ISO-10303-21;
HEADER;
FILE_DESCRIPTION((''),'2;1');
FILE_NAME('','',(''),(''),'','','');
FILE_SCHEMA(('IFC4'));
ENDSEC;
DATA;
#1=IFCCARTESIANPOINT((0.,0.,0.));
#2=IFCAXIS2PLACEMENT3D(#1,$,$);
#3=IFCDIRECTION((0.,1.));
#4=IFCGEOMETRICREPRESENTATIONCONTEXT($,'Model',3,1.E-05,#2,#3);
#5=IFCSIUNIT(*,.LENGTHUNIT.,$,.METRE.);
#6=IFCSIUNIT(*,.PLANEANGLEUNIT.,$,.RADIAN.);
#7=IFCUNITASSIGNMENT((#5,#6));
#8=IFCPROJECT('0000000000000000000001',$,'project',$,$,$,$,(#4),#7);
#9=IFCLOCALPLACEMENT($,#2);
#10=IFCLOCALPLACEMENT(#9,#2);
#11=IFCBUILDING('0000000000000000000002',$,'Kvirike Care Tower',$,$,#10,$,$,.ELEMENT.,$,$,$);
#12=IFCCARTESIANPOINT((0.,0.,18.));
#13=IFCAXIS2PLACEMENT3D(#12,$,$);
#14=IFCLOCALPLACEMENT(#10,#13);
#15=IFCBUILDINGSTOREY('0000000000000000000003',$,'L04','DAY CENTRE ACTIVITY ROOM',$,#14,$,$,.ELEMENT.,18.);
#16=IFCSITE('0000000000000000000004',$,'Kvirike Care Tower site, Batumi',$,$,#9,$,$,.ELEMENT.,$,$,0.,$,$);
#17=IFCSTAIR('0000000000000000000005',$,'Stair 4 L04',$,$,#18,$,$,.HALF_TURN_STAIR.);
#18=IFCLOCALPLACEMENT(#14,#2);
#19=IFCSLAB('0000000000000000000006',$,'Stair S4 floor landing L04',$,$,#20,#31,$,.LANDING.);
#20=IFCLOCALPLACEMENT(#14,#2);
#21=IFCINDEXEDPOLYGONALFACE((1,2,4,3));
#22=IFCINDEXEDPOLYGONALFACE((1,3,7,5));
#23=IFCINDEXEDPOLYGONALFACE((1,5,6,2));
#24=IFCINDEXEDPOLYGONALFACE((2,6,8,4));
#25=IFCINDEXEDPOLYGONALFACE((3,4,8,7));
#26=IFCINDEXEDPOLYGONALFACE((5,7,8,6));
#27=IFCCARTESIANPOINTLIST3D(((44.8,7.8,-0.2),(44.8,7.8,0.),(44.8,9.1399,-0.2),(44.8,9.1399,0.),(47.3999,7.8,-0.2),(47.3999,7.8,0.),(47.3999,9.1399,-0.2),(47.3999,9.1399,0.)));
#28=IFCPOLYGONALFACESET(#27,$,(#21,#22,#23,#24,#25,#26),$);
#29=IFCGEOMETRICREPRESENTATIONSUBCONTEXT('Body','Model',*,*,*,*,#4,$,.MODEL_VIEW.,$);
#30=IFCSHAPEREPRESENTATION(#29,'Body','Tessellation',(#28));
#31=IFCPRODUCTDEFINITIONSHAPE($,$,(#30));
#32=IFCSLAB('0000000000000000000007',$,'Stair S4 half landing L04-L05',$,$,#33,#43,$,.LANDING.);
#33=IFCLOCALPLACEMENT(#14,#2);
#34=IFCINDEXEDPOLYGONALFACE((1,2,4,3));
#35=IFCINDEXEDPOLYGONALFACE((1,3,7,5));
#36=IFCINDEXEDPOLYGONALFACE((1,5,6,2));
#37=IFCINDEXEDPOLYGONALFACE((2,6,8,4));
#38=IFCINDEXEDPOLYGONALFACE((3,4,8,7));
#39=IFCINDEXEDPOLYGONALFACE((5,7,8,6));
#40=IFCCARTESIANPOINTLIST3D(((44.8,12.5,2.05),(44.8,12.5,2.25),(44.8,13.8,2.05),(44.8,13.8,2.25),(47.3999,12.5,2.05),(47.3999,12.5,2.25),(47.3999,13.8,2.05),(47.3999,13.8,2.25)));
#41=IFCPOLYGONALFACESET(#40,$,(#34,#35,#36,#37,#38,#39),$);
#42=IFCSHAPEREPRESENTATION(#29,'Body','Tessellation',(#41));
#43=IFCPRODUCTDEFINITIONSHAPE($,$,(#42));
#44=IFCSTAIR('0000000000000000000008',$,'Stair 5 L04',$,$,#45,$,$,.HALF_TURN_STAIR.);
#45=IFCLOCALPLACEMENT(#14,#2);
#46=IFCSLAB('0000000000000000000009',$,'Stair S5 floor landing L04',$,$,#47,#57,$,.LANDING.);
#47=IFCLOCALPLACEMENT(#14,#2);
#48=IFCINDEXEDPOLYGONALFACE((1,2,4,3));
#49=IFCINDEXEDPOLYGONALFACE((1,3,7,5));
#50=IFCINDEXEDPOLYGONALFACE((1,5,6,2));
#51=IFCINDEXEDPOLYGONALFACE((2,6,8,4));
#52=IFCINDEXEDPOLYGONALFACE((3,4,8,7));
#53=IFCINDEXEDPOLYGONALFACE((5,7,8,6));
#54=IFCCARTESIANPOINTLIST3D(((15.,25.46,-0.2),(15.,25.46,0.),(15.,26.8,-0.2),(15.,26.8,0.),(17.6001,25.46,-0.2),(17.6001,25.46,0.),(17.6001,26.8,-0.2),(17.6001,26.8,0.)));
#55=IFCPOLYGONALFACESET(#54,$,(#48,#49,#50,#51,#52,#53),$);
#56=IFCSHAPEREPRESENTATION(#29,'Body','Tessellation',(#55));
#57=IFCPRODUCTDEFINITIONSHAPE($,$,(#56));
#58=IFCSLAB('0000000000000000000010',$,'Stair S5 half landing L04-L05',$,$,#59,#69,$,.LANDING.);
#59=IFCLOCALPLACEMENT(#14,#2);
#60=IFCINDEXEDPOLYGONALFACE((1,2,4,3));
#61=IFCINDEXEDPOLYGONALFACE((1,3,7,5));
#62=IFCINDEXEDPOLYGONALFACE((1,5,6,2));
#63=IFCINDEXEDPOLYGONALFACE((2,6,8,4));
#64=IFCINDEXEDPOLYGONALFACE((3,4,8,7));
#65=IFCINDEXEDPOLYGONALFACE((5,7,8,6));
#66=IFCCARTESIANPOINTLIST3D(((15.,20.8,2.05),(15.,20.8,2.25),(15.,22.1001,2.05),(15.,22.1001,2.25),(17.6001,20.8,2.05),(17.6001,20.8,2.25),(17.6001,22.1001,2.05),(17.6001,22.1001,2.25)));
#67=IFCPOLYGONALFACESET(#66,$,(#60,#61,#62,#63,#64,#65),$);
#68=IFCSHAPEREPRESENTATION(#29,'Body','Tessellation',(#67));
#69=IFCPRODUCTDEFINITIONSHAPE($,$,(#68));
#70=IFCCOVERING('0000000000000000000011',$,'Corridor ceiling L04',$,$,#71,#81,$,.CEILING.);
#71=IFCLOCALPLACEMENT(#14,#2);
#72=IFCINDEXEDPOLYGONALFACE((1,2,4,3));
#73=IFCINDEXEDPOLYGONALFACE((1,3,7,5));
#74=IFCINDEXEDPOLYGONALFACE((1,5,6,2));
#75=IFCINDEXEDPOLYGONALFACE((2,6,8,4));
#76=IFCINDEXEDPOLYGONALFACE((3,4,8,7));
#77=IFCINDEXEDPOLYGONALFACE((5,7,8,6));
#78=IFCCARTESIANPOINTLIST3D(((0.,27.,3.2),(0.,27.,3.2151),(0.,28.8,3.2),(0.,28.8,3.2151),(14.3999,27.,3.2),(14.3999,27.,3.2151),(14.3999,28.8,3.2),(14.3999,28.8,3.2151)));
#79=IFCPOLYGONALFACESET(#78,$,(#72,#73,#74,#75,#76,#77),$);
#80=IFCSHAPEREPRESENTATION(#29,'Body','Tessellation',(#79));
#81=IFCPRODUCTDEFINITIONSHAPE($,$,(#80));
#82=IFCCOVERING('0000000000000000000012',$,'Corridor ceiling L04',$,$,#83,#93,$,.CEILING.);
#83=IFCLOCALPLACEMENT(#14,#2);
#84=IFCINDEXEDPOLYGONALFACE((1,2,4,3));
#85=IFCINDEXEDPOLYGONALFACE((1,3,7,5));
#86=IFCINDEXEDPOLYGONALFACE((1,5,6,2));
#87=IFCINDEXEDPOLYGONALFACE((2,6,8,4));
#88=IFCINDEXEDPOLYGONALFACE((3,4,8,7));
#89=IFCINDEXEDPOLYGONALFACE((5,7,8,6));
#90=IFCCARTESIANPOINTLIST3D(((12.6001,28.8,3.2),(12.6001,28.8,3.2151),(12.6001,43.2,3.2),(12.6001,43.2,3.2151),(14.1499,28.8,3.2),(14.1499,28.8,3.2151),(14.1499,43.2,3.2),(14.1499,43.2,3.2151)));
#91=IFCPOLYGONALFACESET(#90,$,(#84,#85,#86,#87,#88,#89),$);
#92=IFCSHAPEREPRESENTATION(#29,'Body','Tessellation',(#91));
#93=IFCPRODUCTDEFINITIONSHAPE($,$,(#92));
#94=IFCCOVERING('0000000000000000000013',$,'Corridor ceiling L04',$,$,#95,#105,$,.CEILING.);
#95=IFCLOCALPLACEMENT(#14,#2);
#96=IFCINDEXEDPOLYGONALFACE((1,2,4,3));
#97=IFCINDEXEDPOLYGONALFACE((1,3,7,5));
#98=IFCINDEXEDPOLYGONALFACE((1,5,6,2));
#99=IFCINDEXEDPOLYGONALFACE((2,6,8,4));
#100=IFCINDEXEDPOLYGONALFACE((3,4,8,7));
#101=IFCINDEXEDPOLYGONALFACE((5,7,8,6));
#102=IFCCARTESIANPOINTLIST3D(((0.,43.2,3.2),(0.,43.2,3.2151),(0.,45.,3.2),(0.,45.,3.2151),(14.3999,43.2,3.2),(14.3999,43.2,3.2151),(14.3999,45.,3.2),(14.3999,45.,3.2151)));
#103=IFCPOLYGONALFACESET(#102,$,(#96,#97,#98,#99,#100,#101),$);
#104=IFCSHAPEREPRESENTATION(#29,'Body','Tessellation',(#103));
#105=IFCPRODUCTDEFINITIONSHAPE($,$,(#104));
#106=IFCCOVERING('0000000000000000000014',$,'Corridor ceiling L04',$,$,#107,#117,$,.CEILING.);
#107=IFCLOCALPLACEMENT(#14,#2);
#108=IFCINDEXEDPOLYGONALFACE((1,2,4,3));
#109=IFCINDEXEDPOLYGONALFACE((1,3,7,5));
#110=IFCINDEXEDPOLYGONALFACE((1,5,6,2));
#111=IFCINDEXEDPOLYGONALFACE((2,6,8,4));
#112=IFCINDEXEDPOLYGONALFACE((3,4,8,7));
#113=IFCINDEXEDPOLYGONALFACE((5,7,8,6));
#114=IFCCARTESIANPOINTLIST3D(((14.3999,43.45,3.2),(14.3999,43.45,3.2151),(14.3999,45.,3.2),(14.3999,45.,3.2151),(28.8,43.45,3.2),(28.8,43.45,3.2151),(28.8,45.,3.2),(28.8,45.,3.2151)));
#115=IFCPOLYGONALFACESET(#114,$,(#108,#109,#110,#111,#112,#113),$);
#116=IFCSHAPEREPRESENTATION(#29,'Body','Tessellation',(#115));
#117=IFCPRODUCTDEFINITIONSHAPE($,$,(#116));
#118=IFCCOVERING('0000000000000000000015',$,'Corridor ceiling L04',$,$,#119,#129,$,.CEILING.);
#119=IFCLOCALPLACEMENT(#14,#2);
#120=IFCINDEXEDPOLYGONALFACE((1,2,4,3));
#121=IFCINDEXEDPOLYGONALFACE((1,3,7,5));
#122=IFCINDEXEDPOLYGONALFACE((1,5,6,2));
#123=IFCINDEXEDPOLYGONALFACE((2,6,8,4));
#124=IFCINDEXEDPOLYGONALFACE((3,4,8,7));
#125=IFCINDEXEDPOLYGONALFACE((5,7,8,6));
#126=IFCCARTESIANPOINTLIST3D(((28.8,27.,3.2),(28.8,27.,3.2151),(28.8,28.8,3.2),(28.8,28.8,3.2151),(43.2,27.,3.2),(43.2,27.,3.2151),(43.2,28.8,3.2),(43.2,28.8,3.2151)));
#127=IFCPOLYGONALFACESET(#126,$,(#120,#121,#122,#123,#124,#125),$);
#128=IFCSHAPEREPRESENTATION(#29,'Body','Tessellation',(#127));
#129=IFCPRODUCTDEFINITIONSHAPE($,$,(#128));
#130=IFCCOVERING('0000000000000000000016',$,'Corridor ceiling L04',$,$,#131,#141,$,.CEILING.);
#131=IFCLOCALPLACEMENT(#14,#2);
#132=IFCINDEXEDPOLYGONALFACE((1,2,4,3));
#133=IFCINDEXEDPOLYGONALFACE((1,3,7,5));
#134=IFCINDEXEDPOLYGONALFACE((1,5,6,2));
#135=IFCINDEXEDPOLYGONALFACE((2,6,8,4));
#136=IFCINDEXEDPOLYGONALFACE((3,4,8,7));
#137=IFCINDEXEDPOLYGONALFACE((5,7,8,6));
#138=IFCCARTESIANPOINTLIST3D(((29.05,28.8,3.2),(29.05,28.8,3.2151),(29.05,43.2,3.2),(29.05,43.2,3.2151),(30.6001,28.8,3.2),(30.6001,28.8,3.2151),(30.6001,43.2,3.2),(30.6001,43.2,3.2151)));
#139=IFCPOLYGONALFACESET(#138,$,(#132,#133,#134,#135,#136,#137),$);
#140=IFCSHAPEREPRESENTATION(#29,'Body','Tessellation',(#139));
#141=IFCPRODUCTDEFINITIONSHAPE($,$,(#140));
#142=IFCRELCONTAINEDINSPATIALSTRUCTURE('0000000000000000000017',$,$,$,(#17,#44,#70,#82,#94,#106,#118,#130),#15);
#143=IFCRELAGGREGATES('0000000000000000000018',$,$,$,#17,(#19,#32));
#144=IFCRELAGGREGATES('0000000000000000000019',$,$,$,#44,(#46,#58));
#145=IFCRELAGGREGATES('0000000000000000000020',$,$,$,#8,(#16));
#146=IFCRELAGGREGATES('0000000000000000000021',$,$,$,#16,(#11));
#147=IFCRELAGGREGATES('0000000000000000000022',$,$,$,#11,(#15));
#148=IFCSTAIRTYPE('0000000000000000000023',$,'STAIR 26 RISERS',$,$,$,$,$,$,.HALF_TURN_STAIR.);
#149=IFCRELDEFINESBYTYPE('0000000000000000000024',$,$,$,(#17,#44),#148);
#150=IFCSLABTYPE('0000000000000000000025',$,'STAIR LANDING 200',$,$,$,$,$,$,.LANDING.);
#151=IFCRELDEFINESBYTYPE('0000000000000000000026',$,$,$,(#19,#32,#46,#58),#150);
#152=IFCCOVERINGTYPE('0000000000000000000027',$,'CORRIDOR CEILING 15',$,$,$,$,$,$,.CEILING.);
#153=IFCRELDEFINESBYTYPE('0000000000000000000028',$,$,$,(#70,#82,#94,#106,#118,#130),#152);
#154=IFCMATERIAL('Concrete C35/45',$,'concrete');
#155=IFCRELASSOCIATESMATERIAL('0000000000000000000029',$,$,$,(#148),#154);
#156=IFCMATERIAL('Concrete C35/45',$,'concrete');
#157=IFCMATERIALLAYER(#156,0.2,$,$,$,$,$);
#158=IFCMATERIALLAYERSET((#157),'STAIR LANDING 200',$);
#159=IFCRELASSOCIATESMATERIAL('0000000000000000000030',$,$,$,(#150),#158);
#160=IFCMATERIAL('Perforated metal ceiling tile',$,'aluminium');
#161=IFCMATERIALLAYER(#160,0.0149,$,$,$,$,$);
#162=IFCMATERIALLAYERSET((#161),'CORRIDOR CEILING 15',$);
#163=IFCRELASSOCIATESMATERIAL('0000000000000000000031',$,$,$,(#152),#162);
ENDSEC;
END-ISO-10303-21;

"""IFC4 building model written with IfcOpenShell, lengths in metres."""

from ifc_helpers import new_model, si_unit, direction, frame, origin, place, context, subcontext, project, spatial, polyline, outline, extrude, material, layer, layer_set, type_object, element, aggregate, save


model = new_model("IFC4")

# Units and contexts
model_context = context("Model", 3, precision=1e-05, world=origin(), true_north=direction((0.0, 1.0)))
body_context = subcontext(model_context, "Body", "Model", "MODEL_VIEW")
ifc_project = project(units=[si_unit("LENGTHUNIT", "METRE"), si_unit("PLANEANGLEUNIT", "RADIAN")], contexts=[model_context])

# Site, building, storey
site_placement = place(None, origin())
site = spatial("IfcSite", under=ifc_project, at=site_placement, Name="Kvirike Care Tower site, Batumi", CompositionType="ELEMENT", RefElevation=0.0)
building_placement = place(site_placement, origin())
building = spatial("IfcBuilding", under=site, at=building_placement, Name="Kvirike Care Tower", CompositionType="ELEMENT")
storey_placement = place(building_placement, frame((0.0, 0.0, 18.0)))
storey = spatial("IfcBuildingStorey", under=building, at=storey_placement, Name="L04", Description="DAY CENTRE ACTIVITY ROOM", CompositionType="ELEMENT", Elevation=18.0)

# Stairs, slabs
ifc_material_1 = material(Name="Concrete C35/45", Category="concrete")
stair_type = type_object("IfcStairType", Name="STAIR 26 RISERS", PredefinedType="HALF_TURN_STAIR", material=ifc_material_1)
ifc_material_2 = material(Name="Concrete C35/45", Category="concrete")
ifc_layer_1 = layer(ifc_material_2, 0.2)
ifc_layer_set_1 = layer_set([ifc_layer_1], Name="STAIR LANDING 200")
slab_type_1 = type_object("IfcSlabType", Name="STAIR LANDING 200", PredefinedType="LANDING", material=ifc_layer_set_1)
stair_1_placement = place(storey_placement, origin())
stair_1 = element("IfcStair", 1, at=stair_1_placement, inside=storey, type_object=stair_type, Name="Stair 4 L04", PredefinedType="HALF_TURN_STAIR")
slab_1_placement = place(storey_placement, frame((0.0, 0.0, -0.2)))
slab_1 = element("IfcSlab", 2, at=slab_1_placement, type_object=slab_type_1, Name="Stair S4 floor landing L04", PredefinedType="LANDING", context=body_context, shape_type="SweptSolid", body=[
    extrude(outline(polyline([(44.8, 7.8), (47.3999, 7.8), (47.3999, 9.1399), (44.8, 9.1399), (44.8, 7.8)])), origin(), (0.0, 0.0, 1.0), 0.2),
])
slab_2_placement = place(storey_placement, frame((0.0, 0.0, 2.05)))
slab_2 = element("IfcSlab", 3, at=slab_2_placement, type_object=slab_type_1, Name="Stair S4 half landing L04-L05", PredefinedType="LANDING", context=body_context, shape_type="SweptSolid", body=[
    extrude(outline(polyline([(44.8, 12.5), (47.3999, 12.5), (47.3999, 13.8), (44.8, 13.8), (44.8, 12.5)])), origin(), (0.0, 0.0, 1.0), 0.2),
])
aggregate(stair_1, [slab_1, slab_2])
stair_2_placement = place(storey_placement, origin())
stair_2 = element("IfcStair", 4, at=stair_2_placement, inside=storey, type_object=stair_type, Name="Stair 5 L04", PredefinedType="HALF_TURN_STAIR")
slab_3_placement = place(storey_placement, frame((0.0, 0.0, -0.2)))
slab_3 = element("IfcSlab", 5, at=slab_3_placement, type_object=slab_type_1, Name="Stair S5 floor landing L04", PredefinedType="LANDING", context=body_context, shape_type="SweptSolid", body=[
    extrude(outline(polyline([(15.0, 25.46), (17.6001, 25.46), (17.6001, 26.8), (15.0, 26.8), (15.0, 25.46)])), origin(), (0.0, 0.0, 1.0), 0.2),
])
slab_4_placement = place(storey_placement, frame((0.0, 0.0, 2.05)))
slab_4 = element("IfcSlab", 6, at=slab_4_placement, type_object=slab_type_1, Name="Stair S5 half landing L04-L05", PredefinedType="LANDING", context=body_context, shape_type="SweptSolid", body=[
    extrude(outline(polyline([(15.0, 20.8), (17.6001, 20.8), (17.6001, 22.1001), (15.0, 22.1001), (15.0, 20.8)])), origin(), (0.0, 0.0, 1.0), 0.2),
])
aggregate(stair_2, [slab_3, slab_4])

# Coverings
ifc_material_3 = material(Name="Perforated metal ceiling tile", Category="aluminium")
ifc_layer_2 = layer(ifc_material_3, 0.0149)
ifc_layer_set_2 = layer_set([ifc_layer_2], Name="CORRIDOR CEILING 15")
covering_type = type_object("IfcCoveringType", Name="CORRIDOR CEILING 15", PredefinedType="CEILING", material=ifc_layer_set_2)
covering_1_placement = place(storey_placement, frame((0.0, 0.0, 3.2)))
element("IfcCovering", 7, at=covering_1_placement, inside=storey, type_object=covering_type, Name="Corridor ceiling L04", PredefinedType="CEILING", context=body_context, shape_type="SweptSolid", body=[
    extrude(outline(polyline([(0.0, 27.0), (0.0, 28.8), (14.3999, 28.8), (14.3999, 27.0), (0.0, 27.0)])), origin(), (0.0, 0.0, 1.0), 0.0151),
])
covering_2_placement = place(storey_placement, frame((0.0, 0.0, 3.2)))
element("IfcCovering", 8, at=covering_2_placement, inside=storey, type_object=covering_type, Name="Corridor ceiling L04", PredefinedType="CEILING", context=body_context, shape_type="SweptSolid", body=[
    extrude(outline(polyline([(12.6001, 43.2), (14.1499, 43.2), (14.1499, 28.8), (12.6001, 28.8), (12.6001, 43.2)])), origin(), (0.0, 0.0, 1.0), 0.0151),
])
covering_3_placement = place(storey_placement, frame((0.0, 0.0, 3.2)))
element("IfcCovering", 9, at=covering_3_placement, inside=storey, type_object=covering_type, Name="Corridor ceiling L04", PredefinedType="CEILING", context=body_context, shape_type="SweptSolid", body=[
    extrude(outline(polyline([(14.3999, 45.0), (14.3999, 43.2), (0.0, 43.2), (0.0, 45.0), (14.3999, 45.0)])), origin(), (0.0, 0.0, 1.0), 0.0151),
])
covering_4_placement = place(storey_placement, frame((0.0, 0.0, 3.2)))
element("IfcCovering", 10, at=covering_4_placement, inside=storey, type_object=covering_type, Name="Corridor ceiling L04", PredefinedType="CEILING", context=body_context, shape_type="SweptSolid", body=[
    extrude(outline(polyline([(28.8, 45.0), (28.8, 43.45), (14.3999, 43.45), (14.3999, 45.0), (28.8, 45.0)])), origin(), (0.0, 0.0, 1.0), 0.0151),
])
covering_5_placement = place(storey_placement, frame((0.0, 0.0, 3.2)))
element("IfcCovering", 11, at=covering_5_placement, inside=storey, type_object=covering_type, Name="Corridor ceiling L04", PredefinedType="CEILING", context=body_context, shape_type="SweptSolid", body=[
    extrude(outline(polyline([(28.8, 27.0), (28.8, 28.8), (43.2, 28.8), (43.2, 27.0), (28.8, 27.0)])), origin(), (0.0, 0.0, 1.0), 0.0151),
])
covering_6_placement = place(storey_placement, frame((0.0, 0.0, 3.2)))
element("IfcCovering", 12, at=covering_6_placement, inside=storey, type_object=covering_type, Name="Corridor ceiling L04", PredefinedType="CEILING", context=body_context, shape_type="SweptSolid", body=[
    extrude(outline(polyline([(30.6001, 28.8), (29.05, 28.8), (29.05, 43.2), (30.6001, 43.2), (30.6001, 28.8)])), origin(), (0.0, 0.0, 1.0), 0.0151),
])

save(model, "model.ifc")
